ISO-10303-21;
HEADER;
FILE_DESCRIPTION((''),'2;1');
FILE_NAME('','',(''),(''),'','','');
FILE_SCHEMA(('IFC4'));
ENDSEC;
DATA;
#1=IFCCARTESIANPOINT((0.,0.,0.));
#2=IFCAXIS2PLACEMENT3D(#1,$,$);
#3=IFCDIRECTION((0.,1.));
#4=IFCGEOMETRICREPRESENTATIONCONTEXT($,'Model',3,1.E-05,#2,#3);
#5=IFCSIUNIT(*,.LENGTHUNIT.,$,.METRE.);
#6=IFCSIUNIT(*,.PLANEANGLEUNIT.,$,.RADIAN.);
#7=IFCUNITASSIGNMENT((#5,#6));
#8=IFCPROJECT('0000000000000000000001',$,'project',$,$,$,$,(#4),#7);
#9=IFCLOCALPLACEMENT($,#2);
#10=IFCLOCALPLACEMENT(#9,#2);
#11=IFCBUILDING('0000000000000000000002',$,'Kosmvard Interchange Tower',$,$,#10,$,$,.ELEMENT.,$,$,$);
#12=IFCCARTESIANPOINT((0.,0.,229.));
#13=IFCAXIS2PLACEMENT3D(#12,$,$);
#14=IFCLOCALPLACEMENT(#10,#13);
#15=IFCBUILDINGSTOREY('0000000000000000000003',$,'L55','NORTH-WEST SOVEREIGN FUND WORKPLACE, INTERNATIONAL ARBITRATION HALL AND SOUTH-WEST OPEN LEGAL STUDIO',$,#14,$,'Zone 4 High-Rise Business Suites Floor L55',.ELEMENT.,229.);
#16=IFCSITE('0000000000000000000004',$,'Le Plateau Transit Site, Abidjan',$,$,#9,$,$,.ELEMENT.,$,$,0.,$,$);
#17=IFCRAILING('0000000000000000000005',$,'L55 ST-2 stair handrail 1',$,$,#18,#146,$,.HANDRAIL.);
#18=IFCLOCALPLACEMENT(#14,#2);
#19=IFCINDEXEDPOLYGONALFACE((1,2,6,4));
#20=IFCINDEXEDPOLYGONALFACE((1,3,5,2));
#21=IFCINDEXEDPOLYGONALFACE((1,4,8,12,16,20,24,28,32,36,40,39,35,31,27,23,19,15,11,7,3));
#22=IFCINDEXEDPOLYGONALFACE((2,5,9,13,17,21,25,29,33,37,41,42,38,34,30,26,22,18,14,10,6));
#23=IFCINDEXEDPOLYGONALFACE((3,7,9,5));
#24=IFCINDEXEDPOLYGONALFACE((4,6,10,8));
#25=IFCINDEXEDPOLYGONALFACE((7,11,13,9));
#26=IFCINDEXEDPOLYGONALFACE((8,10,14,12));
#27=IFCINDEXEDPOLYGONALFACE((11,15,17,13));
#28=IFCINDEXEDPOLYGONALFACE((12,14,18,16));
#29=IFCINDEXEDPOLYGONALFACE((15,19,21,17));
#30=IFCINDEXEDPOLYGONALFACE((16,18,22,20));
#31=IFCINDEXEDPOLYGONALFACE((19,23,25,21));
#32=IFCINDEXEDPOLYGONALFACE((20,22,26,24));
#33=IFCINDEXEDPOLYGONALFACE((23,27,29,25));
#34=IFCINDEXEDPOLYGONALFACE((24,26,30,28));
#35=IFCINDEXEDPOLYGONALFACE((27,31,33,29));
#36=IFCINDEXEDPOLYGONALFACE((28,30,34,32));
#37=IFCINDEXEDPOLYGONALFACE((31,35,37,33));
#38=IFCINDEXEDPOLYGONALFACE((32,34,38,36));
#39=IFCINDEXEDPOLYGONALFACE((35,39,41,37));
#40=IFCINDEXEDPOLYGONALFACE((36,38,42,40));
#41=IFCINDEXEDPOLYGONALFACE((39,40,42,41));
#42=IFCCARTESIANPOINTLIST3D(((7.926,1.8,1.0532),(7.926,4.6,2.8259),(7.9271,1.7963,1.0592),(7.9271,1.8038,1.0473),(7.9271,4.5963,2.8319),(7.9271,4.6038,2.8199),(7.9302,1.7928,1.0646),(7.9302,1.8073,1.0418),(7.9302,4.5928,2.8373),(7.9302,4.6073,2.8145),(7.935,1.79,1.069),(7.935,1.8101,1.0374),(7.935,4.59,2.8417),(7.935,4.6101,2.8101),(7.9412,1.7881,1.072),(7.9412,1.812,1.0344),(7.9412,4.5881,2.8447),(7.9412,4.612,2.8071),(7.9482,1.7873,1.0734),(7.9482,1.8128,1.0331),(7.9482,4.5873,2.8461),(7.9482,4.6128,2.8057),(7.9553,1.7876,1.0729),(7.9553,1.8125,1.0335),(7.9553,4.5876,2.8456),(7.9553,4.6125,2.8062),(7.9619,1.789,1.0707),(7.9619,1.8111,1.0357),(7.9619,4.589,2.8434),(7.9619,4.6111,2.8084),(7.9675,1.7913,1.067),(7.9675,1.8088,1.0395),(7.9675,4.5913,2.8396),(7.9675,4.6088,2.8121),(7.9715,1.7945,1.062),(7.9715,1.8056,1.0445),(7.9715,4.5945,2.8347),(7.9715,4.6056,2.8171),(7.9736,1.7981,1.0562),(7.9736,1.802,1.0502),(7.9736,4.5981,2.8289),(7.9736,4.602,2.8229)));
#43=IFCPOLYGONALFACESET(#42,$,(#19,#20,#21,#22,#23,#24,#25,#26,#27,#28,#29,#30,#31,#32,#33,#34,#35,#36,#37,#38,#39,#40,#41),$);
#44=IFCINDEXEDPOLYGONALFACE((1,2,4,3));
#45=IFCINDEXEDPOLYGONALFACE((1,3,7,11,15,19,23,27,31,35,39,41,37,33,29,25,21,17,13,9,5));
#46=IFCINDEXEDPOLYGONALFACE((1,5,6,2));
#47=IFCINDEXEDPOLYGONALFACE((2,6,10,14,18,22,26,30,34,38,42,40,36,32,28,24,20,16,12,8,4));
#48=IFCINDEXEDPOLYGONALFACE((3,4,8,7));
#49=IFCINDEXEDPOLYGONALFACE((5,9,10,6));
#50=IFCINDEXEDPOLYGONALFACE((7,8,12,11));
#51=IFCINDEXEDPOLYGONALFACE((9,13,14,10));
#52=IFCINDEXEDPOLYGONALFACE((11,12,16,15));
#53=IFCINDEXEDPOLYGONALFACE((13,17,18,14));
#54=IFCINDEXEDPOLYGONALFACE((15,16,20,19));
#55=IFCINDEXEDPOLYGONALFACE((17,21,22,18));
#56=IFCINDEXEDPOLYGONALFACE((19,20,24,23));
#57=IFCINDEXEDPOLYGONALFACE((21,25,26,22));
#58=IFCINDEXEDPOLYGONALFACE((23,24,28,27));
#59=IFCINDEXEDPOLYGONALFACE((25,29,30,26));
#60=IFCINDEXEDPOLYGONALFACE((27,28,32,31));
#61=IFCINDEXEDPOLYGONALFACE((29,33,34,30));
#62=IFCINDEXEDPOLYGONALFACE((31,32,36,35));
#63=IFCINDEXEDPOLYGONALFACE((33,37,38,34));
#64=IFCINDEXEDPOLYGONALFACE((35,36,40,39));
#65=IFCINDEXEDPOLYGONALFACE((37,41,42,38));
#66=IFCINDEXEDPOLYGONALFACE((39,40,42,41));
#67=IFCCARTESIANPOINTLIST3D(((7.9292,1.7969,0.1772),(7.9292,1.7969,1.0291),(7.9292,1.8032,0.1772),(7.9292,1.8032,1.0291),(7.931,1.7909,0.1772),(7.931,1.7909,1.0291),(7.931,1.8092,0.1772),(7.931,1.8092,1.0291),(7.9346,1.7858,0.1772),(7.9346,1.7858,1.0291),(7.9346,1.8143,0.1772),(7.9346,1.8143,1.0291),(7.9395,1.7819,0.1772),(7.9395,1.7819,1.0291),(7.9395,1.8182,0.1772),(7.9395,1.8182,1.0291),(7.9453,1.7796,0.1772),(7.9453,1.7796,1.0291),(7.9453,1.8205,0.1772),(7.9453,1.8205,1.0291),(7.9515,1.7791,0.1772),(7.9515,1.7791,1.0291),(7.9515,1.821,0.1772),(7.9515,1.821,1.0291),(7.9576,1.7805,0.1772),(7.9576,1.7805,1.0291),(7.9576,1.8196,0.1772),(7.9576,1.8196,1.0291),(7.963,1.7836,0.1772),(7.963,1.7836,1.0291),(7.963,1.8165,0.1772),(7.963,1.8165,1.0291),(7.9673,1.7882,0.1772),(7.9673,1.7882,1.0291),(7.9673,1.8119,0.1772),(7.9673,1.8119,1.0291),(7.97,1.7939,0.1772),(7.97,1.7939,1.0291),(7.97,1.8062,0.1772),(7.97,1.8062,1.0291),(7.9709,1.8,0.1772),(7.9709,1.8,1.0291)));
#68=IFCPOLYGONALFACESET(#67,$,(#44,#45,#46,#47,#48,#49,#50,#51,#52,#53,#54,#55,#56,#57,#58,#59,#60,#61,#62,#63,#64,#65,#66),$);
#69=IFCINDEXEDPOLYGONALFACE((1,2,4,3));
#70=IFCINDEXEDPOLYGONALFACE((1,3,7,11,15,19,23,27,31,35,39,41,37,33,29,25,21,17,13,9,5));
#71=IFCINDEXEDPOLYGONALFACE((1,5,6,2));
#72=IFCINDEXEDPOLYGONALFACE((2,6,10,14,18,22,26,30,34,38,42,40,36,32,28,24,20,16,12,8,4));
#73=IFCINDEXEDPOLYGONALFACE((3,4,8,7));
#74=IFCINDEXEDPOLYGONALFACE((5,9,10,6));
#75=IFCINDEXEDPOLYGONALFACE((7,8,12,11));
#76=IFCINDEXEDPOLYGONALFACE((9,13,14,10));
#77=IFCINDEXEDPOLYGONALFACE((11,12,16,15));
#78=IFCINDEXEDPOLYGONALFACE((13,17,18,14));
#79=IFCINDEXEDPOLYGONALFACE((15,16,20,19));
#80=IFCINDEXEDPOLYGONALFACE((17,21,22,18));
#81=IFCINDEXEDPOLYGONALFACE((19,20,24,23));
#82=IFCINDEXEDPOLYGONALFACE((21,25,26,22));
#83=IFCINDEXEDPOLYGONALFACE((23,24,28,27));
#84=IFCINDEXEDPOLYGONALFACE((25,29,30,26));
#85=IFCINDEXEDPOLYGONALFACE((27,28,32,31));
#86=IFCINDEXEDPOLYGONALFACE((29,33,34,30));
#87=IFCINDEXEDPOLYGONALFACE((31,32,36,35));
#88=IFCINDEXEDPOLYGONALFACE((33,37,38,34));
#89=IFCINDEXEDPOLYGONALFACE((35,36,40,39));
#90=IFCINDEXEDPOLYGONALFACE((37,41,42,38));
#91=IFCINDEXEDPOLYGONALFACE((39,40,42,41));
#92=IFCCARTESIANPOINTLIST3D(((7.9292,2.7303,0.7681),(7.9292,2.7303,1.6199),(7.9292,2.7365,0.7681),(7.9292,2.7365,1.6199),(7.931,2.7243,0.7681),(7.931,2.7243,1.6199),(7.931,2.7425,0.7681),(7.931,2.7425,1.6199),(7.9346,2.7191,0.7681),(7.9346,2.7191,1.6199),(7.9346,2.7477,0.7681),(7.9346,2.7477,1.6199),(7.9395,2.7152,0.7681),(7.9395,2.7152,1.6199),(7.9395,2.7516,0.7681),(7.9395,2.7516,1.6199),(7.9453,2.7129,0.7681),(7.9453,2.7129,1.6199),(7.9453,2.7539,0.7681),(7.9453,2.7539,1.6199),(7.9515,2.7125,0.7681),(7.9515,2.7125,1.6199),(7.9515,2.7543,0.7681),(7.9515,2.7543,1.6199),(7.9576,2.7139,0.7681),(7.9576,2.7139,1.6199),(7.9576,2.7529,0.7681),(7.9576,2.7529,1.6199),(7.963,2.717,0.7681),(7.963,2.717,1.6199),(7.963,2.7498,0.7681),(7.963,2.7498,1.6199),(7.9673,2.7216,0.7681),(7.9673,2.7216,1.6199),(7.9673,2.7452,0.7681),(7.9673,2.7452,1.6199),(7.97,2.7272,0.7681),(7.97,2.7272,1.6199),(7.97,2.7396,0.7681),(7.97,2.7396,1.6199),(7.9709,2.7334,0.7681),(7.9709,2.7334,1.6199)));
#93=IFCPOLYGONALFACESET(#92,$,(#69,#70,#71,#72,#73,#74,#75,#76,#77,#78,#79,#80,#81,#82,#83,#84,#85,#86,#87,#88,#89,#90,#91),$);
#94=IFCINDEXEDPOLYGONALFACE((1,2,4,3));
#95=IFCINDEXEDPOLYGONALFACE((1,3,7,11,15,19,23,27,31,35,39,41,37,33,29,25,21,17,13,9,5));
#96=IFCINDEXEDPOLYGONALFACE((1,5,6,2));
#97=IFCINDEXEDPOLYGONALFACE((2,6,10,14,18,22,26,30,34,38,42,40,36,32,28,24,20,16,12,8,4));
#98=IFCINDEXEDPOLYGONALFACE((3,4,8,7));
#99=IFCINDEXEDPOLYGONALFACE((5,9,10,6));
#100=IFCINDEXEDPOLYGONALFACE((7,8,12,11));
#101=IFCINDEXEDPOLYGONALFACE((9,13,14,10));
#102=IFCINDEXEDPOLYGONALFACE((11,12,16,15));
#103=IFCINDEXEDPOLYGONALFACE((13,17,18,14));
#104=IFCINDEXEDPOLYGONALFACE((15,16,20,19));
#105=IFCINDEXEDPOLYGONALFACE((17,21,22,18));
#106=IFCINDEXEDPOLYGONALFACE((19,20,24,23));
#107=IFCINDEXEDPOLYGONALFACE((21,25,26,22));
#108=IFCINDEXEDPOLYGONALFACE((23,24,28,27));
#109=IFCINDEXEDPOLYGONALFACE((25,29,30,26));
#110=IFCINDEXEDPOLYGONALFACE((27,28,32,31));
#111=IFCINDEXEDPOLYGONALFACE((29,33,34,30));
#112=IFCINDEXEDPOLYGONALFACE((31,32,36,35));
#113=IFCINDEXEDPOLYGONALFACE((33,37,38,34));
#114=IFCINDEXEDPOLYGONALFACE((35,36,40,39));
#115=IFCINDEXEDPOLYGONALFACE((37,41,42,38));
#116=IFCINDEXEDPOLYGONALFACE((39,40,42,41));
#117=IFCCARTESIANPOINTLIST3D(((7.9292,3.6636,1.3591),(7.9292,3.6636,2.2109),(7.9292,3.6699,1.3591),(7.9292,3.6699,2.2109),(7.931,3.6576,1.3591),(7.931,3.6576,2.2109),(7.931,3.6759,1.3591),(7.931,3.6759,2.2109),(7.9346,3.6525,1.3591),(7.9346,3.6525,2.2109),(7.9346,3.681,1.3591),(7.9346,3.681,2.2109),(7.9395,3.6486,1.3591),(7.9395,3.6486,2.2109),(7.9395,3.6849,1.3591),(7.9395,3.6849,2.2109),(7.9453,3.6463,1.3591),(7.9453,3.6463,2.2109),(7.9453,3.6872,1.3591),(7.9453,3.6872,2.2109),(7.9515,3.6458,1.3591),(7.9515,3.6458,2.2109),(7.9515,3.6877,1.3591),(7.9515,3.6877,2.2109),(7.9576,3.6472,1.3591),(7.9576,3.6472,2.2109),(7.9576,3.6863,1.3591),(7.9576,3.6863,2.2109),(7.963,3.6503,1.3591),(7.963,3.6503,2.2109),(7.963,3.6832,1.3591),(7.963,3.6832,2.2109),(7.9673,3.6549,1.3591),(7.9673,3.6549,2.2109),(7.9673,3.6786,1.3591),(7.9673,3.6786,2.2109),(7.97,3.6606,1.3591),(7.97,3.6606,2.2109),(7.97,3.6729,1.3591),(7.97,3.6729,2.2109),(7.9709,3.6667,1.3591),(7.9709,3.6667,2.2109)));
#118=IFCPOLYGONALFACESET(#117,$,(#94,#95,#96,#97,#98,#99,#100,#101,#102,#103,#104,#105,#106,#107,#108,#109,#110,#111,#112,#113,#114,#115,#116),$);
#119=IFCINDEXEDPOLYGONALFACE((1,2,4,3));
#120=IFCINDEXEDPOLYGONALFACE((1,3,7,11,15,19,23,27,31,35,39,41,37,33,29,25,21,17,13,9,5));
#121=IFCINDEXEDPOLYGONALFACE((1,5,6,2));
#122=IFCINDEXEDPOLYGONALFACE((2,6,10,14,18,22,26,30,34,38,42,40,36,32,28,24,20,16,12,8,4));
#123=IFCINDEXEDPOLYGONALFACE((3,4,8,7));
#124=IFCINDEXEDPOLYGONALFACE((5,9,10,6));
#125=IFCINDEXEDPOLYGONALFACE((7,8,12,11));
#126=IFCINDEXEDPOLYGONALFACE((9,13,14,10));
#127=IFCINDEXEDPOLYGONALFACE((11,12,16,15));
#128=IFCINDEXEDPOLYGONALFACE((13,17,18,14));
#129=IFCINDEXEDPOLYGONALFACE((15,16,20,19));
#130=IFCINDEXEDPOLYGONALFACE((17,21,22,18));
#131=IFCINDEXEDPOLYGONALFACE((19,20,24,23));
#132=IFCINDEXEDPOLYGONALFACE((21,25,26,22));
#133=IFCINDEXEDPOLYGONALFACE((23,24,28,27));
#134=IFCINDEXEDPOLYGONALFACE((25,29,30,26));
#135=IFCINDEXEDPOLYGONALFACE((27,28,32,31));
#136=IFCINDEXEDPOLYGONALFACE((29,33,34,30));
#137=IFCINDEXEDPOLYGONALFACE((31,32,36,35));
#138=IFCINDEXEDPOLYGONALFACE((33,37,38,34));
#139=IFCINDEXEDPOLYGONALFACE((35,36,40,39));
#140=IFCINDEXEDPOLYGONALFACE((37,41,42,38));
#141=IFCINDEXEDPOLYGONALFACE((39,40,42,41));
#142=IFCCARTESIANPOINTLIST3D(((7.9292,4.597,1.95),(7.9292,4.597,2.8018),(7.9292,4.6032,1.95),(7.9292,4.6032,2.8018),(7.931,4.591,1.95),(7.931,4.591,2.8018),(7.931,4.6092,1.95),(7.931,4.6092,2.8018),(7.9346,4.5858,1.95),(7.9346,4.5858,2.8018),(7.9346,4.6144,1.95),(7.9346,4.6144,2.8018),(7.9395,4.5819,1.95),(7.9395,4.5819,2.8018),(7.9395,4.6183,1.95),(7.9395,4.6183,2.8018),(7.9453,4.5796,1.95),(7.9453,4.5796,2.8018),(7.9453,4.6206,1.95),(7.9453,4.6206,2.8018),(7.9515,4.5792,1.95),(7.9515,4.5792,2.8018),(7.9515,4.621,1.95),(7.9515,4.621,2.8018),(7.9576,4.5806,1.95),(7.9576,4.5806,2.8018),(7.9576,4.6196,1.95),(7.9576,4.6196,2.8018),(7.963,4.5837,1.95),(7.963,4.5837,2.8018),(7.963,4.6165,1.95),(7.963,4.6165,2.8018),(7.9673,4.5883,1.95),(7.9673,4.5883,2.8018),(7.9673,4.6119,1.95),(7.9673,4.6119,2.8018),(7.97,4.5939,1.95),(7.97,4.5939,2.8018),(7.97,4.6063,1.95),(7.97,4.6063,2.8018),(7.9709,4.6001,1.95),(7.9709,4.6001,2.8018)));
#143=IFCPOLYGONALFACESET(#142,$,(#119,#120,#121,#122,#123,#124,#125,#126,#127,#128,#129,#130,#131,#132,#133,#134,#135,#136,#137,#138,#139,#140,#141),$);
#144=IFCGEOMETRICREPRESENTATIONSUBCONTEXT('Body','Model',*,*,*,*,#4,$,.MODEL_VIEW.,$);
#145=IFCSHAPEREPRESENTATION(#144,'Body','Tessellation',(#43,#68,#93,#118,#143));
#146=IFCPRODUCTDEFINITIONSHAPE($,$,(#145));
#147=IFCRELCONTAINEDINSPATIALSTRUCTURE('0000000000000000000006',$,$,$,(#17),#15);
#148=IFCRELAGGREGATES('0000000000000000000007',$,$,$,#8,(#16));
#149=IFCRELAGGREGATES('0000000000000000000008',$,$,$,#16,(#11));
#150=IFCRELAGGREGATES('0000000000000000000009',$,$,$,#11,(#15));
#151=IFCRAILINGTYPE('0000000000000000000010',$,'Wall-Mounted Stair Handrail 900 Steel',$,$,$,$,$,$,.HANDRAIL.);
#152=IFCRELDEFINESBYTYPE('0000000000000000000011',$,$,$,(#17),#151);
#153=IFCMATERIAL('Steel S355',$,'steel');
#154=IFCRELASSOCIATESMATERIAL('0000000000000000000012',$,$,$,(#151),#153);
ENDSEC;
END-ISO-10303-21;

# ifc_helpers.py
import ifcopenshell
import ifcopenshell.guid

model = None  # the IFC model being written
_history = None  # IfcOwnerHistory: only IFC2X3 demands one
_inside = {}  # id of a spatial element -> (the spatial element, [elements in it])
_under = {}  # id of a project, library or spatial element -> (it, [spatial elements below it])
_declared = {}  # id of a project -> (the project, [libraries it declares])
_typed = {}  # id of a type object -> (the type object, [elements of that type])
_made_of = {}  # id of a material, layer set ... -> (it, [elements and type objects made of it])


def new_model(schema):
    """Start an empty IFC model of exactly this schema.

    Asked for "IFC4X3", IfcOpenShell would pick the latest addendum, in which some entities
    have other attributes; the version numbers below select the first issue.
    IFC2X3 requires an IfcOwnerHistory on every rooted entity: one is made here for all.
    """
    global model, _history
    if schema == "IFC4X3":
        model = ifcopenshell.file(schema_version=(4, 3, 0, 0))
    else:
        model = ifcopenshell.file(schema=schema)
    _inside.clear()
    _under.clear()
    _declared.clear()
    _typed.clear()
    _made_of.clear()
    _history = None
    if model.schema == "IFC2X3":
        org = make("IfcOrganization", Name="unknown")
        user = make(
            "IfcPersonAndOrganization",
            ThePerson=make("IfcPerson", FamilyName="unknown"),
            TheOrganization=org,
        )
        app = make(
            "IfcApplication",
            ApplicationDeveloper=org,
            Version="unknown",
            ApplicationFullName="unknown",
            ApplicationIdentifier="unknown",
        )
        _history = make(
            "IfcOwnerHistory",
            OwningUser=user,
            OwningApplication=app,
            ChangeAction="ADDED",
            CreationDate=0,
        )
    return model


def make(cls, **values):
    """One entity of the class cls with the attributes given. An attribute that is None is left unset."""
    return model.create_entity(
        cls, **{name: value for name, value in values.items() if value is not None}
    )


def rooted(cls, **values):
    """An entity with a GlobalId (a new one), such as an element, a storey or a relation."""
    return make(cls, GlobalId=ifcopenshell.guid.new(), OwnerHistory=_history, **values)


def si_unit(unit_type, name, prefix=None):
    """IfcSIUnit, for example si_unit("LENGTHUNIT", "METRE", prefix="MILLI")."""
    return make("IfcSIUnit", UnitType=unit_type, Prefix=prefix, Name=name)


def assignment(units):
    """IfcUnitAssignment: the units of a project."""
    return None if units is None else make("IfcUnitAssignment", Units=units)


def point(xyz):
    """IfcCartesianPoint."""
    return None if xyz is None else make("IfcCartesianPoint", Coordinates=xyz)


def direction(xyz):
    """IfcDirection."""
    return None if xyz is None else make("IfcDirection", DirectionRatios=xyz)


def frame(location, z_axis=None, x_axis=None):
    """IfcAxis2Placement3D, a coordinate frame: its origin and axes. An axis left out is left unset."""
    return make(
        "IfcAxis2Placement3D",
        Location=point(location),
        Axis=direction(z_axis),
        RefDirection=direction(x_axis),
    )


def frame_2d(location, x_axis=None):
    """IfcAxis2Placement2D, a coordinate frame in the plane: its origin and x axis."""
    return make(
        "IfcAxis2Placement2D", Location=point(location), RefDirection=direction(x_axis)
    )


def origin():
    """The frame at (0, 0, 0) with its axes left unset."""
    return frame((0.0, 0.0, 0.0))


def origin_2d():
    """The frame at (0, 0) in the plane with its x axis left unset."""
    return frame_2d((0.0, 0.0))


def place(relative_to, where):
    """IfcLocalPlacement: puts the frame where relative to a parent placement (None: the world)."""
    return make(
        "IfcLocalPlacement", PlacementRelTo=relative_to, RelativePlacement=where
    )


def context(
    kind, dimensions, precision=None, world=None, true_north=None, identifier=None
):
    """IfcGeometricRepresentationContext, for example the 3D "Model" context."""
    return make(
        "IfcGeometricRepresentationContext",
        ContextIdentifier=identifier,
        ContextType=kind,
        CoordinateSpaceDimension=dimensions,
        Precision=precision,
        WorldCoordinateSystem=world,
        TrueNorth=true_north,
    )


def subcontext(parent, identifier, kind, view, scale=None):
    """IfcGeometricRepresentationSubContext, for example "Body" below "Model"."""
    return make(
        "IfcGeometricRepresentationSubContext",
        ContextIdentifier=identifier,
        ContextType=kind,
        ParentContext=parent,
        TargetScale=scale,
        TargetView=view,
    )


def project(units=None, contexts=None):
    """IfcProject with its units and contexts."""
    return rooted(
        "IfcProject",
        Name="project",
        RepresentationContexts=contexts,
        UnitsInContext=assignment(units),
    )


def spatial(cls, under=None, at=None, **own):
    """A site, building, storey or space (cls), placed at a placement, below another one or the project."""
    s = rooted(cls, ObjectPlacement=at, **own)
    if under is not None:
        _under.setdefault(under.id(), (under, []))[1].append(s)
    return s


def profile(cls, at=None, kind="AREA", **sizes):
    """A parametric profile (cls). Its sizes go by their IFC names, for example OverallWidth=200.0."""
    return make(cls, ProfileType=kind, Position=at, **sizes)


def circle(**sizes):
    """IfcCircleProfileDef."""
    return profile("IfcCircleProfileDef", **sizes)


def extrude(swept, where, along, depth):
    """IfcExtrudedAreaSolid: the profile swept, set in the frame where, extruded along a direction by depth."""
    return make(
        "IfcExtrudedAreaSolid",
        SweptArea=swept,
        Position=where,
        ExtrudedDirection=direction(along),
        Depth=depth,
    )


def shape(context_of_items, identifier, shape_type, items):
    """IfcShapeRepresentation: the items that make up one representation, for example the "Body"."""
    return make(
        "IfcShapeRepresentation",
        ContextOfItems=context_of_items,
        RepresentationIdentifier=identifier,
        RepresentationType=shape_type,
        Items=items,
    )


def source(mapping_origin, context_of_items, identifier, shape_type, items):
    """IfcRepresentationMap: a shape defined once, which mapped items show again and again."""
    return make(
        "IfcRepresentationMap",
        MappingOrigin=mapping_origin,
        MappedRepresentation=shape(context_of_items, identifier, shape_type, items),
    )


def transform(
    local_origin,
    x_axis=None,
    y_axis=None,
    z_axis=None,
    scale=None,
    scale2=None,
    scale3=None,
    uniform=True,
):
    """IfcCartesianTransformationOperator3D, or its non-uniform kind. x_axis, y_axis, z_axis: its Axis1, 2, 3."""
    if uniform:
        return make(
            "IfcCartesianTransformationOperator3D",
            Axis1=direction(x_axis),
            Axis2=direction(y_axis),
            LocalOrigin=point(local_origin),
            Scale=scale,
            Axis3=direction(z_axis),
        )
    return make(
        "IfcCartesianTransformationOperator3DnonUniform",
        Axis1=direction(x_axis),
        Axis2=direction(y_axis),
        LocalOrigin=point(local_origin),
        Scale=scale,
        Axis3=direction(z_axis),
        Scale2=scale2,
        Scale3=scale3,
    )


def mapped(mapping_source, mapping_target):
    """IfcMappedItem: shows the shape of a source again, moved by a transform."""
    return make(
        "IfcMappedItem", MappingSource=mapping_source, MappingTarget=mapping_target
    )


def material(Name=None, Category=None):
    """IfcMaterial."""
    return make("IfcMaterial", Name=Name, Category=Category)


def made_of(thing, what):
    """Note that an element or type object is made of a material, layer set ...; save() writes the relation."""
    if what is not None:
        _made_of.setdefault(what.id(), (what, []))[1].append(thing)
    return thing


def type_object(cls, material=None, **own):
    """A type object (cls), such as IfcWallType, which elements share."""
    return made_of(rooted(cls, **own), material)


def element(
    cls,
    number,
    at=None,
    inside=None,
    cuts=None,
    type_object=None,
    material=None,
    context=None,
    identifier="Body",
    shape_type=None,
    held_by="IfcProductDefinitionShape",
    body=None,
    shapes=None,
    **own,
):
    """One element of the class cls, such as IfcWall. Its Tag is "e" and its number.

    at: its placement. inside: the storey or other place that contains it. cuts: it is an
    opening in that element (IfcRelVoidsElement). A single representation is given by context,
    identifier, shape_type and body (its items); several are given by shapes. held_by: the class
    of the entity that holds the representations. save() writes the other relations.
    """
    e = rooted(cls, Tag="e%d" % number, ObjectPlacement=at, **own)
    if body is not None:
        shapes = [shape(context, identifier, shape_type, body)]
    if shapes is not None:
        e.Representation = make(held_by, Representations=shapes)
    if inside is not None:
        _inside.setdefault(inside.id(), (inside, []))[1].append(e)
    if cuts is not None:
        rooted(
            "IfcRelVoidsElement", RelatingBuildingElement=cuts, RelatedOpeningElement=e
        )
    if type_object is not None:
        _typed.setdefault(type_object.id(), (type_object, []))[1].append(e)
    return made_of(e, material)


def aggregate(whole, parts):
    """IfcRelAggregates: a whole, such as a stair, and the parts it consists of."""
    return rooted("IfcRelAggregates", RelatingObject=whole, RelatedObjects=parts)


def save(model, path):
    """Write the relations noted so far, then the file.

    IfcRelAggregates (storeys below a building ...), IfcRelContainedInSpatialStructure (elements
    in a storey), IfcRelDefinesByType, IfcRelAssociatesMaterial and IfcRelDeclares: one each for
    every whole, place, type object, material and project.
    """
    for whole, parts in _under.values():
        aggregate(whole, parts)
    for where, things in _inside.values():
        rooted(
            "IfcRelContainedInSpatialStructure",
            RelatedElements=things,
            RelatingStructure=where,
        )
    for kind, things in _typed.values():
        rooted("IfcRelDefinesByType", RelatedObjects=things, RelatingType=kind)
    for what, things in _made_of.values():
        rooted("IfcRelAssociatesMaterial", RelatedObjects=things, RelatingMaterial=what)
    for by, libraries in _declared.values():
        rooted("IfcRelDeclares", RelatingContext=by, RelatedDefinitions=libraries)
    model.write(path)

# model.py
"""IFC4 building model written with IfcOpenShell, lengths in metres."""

from ifc_helpers import new_model, si_unit, direction, frame, origin, origin_2d, place, context, subcontext, project, spatial, circle, extrude, source, transform, mapped, material, type_object, element, save


model = new_model("IFC4")

# Units and contexts
model_context = context("Model", 3, precision=1e-05, world=origin(), true_north=direction((0.0, 1.0)))
body_context = subcontext(model_context, "Body", "Model", "MODEL_VIEW")
ifc_project = project(units=[si_unit("LENGTHUNIT", "METRE"), si_unit("PLANEANGLEUNIT", "RADIAN")], contexts=[model_context])

# Site, building, storey
site_placement = place(None, origin())
site = spatial("IfcSite", under=ifc_project, at=site_placement, Name="Le Plateau Transit Site, Abidjan", CompositionType="ELEMENT", RefElevation=0.0)
building_placement = place(site_placement, origin())
building = spatial("IfcBuilding", under=site, at=building_placement, Name="Kosmvard Interchange Tower", CompositionType="ELEMENT")
storey_placement = place(building_placement, frame((0.0, 0.0, 229.0)))
storey = spatial("IfcBuildingStorey", under=building, at=storey_placement, Name="L55", Description="NORTH-WEST SOVEREIGN FUND WORKPLACE, INTERNATIONAL ARBITRATION HALL AND SOUTH-WEST OPEN LEGAL STUDIO", LongName="Zone 4 High-Rise Business Suites Floor L55", CompositionType="ELEMENT", Elevation=229.0)

# Shared definitions
ifc_material_1 = material(Name="Steel S355", Category="steel")

# Railing
railing_type_1 = type_object("IfcRailingType", Name="Wall-Mounted Stair Handrail 900 Steel", PredefinedType="HANDRAIL", material=ifc_material_1)
shared_shape_1 = source(origin(), body_context, "Body", "SweptSolid", [
    extrude(circle(Radius=0.0239, at=origin_2d()), frame((0.0, 0.0, 0.876), z_axis=(0.0, 0.844909, 0.53491), x_axis=(-1.0, 0.0, 0.0)), (0.0, 0.0, 1.0), 3.314),
    extrude(circle(Radius=0.021, at=origin_2d()), origin(), (0.0, 0.0, 1.0), 0.8518),
    extrude(circle(Radius=0.021, at=origin_2d()), frame((0.0, 0.9333, 0.5908)), (0.0, 0.0, 1.0), 0.8518),
    extrude(circle(Radius=0.021, at=origin_2d()), frame((0.0, 1.8667, 1.1819)), (0.0, 0.0, 1.0), 0.8518),
    extrude(circle(Radius=0.021, at=origin_2d()), frame((0.0, 2.8, 1.7727)), (0.0, 0.0, 1.0), 0.8518),
])
railing_1_placement = place(storey_placement, frame((7.95, 1.8, 0.1772)))
element("IfcRailing", 1, at=railing_1_placement, inside=storey, type_object=railing_type_1, Name="L55 ST-2 stair handrail 1", PredefinedType="HANDRAIL", context=body_context, shape_type="MappedRepresentation", body=[
    mapped(shared_shape_1, transform((0.0, 0.0, 0.0), scale=1.0)),
])

save(model, "model.ifc")
